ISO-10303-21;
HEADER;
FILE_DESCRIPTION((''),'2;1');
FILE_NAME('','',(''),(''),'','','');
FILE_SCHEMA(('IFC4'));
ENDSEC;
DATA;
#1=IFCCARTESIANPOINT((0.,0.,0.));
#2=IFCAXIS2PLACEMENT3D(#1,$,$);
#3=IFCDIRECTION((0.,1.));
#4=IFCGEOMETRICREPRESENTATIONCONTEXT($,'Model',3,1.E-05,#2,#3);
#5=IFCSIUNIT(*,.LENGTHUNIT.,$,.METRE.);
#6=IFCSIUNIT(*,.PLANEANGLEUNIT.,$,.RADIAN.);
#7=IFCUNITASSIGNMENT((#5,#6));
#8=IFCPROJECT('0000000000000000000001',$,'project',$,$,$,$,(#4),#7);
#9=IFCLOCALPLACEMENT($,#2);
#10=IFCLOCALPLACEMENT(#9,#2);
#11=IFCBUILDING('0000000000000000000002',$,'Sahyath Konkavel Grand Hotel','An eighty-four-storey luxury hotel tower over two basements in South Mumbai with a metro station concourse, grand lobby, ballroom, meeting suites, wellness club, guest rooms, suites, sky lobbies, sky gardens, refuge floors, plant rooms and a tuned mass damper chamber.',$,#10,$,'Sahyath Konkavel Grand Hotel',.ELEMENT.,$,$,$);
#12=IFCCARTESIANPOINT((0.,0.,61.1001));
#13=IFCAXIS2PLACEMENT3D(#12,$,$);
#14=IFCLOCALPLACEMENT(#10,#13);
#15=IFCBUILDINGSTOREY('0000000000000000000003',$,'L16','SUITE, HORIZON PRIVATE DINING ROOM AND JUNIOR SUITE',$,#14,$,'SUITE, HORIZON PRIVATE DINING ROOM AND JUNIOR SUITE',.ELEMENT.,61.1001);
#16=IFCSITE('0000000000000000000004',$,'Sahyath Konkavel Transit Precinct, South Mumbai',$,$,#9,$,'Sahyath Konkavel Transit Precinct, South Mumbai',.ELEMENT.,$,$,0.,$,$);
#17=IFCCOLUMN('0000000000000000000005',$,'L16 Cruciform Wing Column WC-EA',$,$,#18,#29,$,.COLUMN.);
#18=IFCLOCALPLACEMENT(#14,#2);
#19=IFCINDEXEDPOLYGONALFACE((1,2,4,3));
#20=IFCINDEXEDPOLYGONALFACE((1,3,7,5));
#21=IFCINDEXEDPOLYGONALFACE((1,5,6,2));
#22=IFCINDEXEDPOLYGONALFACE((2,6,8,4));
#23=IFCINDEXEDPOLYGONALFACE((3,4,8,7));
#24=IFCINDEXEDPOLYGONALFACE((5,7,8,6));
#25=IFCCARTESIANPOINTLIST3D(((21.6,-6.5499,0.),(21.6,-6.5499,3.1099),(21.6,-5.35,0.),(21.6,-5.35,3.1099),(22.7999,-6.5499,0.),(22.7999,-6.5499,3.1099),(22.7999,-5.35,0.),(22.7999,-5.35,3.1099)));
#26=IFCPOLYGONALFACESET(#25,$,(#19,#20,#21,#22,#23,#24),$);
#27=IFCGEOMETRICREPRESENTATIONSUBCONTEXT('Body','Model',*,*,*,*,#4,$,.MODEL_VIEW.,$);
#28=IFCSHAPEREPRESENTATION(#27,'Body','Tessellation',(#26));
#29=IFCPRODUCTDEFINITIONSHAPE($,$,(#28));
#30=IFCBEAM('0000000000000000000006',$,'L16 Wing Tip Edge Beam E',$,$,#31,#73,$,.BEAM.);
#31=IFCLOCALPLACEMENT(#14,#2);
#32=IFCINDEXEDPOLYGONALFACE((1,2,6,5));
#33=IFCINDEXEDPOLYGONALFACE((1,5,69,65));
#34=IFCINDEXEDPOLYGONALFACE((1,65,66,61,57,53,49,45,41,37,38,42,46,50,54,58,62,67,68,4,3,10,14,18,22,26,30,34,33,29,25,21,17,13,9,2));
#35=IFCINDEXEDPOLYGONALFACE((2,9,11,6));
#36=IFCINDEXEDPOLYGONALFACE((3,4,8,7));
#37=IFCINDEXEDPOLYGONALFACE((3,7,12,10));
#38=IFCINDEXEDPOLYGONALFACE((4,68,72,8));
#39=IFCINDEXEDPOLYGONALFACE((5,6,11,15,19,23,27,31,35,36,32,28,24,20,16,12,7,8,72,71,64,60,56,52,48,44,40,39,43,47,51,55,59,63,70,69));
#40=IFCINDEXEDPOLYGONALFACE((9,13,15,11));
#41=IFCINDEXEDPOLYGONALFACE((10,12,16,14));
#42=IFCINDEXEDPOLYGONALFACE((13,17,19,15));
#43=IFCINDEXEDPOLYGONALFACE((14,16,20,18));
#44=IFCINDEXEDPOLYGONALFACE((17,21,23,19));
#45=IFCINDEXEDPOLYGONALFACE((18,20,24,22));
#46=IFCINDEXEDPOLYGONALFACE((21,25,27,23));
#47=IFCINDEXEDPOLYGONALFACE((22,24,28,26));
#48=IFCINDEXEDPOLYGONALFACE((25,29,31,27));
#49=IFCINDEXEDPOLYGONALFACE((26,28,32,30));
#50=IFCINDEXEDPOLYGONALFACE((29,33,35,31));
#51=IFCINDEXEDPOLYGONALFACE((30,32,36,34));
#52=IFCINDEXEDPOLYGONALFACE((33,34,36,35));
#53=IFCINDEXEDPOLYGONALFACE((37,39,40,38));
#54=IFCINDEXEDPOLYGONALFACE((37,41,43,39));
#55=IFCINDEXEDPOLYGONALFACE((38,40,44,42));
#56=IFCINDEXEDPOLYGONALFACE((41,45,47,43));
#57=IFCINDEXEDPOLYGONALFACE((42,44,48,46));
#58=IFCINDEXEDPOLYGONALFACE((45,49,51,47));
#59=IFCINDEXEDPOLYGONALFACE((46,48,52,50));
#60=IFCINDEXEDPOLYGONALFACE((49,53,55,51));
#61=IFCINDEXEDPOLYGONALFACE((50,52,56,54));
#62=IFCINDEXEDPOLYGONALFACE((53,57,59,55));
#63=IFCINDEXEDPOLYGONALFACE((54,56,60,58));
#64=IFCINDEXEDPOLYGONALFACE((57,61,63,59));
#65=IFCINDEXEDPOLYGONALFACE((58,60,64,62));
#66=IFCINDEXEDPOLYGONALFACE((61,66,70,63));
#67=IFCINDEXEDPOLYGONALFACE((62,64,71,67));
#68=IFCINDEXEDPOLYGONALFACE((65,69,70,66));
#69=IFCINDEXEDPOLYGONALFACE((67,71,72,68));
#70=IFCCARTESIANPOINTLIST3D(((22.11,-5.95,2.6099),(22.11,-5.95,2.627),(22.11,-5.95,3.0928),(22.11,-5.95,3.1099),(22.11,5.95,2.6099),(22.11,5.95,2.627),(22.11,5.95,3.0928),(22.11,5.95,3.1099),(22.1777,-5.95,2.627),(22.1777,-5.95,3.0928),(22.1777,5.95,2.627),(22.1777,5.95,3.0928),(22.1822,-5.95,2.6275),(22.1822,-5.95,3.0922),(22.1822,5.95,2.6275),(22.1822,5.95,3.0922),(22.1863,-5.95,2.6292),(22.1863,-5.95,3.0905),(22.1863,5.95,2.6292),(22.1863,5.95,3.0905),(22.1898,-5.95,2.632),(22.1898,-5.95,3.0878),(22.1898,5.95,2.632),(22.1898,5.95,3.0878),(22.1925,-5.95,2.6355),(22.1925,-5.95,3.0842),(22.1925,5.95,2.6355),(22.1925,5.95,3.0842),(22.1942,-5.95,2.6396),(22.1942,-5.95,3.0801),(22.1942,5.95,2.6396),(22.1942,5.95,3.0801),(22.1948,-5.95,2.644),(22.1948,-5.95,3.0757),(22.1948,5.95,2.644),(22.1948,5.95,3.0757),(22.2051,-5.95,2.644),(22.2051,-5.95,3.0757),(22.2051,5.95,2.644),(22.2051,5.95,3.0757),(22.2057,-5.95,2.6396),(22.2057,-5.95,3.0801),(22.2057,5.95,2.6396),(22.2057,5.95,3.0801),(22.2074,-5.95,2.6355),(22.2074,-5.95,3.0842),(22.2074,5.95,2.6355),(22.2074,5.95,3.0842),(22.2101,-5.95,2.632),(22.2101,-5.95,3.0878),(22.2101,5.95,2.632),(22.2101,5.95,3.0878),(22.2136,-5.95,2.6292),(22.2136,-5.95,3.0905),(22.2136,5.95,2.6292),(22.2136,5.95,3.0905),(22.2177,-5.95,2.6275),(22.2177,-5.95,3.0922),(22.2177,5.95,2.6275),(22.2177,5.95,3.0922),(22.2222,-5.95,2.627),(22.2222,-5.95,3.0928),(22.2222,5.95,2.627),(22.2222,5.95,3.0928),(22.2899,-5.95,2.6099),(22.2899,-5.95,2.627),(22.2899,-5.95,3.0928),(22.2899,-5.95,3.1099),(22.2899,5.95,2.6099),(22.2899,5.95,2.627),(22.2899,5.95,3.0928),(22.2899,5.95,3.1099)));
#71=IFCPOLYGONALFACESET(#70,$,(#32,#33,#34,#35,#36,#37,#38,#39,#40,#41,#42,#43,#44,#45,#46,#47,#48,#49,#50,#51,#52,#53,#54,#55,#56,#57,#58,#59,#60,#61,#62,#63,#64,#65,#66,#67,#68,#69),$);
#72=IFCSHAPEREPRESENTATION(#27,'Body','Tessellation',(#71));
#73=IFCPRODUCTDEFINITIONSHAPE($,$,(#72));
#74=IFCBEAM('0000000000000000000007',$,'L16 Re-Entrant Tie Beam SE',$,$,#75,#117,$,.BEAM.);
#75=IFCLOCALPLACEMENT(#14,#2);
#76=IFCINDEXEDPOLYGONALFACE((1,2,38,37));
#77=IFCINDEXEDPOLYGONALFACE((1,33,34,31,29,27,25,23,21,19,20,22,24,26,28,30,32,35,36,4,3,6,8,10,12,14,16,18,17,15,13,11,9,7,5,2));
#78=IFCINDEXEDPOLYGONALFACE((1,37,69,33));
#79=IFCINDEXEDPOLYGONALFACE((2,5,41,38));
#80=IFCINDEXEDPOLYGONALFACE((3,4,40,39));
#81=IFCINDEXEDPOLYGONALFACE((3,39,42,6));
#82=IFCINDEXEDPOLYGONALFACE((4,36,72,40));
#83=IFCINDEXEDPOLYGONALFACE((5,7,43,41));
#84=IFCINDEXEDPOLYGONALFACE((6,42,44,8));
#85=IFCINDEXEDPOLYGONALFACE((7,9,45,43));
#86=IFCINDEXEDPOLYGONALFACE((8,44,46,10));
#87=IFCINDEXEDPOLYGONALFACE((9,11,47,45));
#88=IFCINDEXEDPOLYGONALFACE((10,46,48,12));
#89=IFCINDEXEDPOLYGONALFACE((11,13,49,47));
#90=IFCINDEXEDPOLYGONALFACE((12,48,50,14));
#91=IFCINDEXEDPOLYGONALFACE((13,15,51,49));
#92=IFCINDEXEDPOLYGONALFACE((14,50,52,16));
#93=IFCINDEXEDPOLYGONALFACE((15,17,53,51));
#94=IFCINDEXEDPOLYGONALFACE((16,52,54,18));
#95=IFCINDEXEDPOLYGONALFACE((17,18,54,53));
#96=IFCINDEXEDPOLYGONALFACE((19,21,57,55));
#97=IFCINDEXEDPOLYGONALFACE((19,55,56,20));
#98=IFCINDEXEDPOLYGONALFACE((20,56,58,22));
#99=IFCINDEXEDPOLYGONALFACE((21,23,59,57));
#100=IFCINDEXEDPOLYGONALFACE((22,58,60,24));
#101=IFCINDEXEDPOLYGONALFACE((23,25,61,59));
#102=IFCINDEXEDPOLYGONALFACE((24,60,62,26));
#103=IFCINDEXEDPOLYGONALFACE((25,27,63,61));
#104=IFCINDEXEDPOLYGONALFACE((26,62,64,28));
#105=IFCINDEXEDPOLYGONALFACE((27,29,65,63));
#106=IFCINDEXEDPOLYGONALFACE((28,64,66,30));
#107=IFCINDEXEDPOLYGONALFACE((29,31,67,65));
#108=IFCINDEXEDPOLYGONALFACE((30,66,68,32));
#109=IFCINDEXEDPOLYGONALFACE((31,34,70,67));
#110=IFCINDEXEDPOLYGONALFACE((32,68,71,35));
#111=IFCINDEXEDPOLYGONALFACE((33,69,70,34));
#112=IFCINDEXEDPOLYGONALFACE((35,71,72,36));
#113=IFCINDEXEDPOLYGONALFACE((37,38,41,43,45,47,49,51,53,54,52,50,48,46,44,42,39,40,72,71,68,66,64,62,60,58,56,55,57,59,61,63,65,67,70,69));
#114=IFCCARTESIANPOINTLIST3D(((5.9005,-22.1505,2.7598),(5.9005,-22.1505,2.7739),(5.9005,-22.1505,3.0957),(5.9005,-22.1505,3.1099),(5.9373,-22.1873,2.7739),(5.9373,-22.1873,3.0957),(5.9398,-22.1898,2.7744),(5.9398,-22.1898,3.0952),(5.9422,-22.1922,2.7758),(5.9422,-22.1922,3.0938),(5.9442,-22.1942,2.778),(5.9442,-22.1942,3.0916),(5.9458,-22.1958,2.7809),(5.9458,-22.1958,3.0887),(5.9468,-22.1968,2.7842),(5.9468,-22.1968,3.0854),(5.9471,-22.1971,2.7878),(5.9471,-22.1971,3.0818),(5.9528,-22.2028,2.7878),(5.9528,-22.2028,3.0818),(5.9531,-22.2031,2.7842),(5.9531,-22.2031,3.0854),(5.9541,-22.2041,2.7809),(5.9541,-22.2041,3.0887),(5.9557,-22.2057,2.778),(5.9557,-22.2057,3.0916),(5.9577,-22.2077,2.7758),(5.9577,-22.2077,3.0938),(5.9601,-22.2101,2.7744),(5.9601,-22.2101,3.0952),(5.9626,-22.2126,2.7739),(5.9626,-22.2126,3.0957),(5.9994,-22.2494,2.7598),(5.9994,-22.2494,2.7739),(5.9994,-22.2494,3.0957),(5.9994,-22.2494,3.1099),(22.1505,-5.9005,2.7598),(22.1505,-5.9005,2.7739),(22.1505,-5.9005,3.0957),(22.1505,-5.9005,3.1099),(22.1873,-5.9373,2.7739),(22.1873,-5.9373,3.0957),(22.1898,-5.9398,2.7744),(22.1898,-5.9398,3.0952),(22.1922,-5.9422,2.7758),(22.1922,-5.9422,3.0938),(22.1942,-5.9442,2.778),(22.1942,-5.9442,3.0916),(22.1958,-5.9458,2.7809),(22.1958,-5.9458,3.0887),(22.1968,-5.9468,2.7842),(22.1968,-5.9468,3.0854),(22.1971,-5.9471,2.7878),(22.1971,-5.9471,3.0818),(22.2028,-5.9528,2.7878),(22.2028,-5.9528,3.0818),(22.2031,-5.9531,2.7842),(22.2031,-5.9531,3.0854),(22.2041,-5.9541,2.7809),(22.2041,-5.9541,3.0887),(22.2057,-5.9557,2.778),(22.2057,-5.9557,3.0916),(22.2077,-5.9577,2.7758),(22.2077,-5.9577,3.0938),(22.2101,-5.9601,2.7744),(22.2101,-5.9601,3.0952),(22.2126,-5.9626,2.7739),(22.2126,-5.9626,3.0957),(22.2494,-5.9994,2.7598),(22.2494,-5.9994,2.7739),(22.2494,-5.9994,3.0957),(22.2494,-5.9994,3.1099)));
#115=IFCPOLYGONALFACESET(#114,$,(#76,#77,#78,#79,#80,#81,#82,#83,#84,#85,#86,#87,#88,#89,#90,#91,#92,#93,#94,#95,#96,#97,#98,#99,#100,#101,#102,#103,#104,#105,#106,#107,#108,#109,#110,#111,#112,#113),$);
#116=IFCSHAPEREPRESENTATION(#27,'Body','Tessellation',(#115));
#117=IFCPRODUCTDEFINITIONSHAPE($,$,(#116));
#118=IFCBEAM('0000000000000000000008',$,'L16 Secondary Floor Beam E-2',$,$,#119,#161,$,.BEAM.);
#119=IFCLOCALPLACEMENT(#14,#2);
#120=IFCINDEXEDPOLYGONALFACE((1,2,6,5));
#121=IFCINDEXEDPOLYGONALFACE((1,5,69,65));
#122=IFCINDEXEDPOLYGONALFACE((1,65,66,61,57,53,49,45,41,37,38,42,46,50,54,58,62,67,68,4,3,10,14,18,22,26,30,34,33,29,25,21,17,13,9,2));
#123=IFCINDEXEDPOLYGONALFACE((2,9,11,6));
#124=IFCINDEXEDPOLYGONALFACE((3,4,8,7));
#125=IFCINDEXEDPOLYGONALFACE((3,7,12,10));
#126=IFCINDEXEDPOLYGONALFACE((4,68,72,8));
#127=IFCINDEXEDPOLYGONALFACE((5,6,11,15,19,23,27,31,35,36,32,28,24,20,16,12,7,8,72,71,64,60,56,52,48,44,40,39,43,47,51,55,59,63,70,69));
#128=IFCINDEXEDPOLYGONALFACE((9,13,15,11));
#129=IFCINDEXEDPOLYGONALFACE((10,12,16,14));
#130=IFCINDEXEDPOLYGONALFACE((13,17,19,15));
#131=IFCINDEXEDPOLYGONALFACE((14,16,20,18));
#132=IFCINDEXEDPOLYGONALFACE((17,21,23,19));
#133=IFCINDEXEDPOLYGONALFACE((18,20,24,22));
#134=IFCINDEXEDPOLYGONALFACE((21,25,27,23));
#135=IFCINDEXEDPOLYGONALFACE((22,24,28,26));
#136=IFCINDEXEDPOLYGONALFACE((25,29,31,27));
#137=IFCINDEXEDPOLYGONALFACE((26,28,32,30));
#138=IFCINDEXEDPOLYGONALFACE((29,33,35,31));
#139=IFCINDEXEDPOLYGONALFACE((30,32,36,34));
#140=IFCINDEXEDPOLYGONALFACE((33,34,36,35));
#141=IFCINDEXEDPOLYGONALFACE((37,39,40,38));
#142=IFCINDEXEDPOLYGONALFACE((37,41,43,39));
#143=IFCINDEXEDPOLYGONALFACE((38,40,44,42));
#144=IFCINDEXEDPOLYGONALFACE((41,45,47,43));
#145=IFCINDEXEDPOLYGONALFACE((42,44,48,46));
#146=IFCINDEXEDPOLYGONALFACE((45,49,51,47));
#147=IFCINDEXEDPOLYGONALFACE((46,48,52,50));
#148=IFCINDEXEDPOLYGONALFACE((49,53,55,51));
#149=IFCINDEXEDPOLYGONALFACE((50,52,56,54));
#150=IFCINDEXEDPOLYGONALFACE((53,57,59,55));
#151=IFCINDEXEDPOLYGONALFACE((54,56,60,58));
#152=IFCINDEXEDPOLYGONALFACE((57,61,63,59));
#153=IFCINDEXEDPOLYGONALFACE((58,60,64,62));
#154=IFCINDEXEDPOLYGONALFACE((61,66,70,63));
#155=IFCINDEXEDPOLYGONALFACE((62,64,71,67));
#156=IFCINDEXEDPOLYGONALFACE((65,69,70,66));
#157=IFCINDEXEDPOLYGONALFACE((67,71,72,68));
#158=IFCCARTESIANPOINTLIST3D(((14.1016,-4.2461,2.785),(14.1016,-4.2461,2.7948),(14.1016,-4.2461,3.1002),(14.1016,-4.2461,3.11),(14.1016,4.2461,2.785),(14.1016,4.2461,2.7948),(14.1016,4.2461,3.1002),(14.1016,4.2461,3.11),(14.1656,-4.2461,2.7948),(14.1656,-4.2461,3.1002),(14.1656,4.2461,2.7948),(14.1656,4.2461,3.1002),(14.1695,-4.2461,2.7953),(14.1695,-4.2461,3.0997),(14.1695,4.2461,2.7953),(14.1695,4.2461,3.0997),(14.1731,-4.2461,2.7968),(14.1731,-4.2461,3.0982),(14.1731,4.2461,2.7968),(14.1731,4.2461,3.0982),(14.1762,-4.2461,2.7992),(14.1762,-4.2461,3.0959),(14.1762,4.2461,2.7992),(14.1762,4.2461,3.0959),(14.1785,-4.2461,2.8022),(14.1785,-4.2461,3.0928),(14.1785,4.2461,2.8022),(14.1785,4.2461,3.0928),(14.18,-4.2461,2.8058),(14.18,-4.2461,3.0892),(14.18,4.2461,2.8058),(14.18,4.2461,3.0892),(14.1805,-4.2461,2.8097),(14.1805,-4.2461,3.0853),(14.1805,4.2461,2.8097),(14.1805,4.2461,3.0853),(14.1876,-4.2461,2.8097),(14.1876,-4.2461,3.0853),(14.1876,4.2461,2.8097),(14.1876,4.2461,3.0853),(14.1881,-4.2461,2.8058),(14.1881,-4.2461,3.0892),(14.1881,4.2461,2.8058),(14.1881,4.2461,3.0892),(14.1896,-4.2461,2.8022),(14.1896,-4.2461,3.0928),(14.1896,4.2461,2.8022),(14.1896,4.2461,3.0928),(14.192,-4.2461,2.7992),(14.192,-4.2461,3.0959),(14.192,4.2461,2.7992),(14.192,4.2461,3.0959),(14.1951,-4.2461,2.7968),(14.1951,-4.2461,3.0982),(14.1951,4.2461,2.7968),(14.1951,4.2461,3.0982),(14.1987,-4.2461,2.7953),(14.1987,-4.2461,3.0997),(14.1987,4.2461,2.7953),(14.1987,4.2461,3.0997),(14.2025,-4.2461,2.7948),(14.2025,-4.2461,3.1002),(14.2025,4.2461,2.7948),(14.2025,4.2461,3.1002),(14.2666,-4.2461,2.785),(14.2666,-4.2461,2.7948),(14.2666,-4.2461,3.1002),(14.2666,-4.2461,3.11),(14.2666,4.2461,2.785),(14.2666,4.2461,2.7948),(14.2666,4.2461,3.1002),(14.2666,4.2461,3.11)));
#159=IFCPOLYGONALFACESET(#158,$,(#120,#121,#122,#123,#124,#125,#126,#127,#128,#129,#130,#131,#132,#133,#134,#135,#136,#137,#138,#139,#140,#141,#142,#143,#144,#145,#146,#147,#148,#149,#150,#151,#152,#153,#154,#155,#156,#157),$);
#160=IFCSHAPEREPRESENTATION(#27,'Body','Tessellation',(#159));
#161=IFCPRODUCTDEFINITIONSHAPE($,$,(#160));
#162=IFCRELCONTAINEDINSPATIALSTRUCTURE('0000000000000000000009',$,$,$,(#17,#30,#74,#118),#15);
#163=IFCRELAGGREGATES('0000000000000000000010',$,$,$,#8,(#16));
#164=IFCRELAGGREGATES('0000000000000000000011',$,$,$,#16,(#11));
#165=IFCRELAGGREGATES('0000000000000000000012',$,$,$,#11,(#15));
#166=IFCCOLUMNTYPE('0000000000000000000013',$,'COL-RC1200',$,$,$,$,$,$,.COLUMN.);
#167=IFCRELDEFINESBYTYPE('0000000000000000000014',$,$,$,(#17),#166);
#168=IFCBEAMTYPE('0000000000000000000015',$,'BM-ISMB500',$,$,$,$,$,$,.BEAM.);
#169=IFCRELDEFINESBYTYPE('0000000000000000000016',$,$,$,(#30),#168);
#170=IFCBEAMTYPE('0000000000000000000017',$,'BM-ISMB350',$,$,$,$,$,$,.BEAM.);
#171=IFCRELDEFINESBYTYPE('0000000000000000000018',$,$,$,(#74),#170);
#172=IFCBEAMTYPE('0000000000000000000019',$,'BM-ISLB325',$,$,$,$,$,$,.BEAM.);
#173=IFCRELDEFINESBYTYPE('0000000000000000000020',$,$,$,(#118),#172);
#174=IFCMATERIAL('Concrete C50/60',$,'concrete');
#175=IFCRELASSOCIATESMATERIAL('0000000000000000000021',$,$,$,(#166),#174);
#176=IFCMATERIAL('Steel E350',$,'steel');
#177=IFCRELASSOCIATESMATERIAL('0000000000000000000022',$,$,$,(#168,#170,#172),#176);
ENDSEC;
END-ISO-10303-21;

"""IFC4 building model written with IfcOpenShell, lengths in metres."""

from ifc_helpers import new_model, si_unit, direction, frame, origin, origin_2d, place, context, subcontext, project, spatial, rectangle, i_section, extrude, source, transform, mapped, material, material_profile, profile_set, type_object, element, save


model = new_model("IFC4")

# Units and contexts
model_context = context("Model", 3, precision=1e-05, world=origin(), true_north=direction((0.0, 1.0)))
body_context = subcontext(model_context, "Body", "Model", "MODEL_VIEW")
ifc_project = project(units=[si_unit("LENGTHUNIT", "METRE"), si_unit("PLANEANGLEUNIT", "RADIAN")], contexts=[model_context])

# Site, building, storey
site_placement = place(None, origin())
site = spatial("IfcSite", under=ifc_project, at=site_placement, Name="Sahyath Konkavel Transit Precinct, South Mumbai", LongName="Sahyath Konkavel Transit Precinct, South Mumbai", CompositionType="ELEMENT", RefElevation=0.0)
building_placement = place(site_placement, origin())
building = spatial("IfcBuilding", under=site, at=building_placement, Name="Sahyath Konkavel Grand Hotel", Description="An eighty-four-storey luxury hotel tower over two basements in South Mumbai with a metro station concourse, grand lobby, ballroom, meeting suites, wellness club, guest rooms, suites, sky lobbies, sky gardens, refuge floors, plant rooms and a tuned mass damper chamber.", LongName="Sahyath Konkavel Grand Hotel", CompositionType="ELEMENT")
storey_placement = place(building_placement, frame((0.0, 0.0, 61.1001)))
storey = spatial("IfcBuildingStorey", under=building, at=storey_placement, Name="L16", Description="SUITE, HORIZON PRIVATE DINING ROOM AND JUNIOR SUITE", LongName="SUITE, HORIZON PRIVATE DINING ROOM AND JUNIOR SUITE", CompositionType="ELEMENT", Elevation=61.1001)

# Column
ifc_material_1 = material(Name="Concrete C50/60", Category="concrete")
ifc_material_profile_1 = material_profile(ifc_material_1, rectangle(XDim=1.2, YDim=1.2, at=origin_2d()), Name="RC 1200x1200")
ifc_profile_set_1 = profile_set([ifc_material_profile_1], Name="Concrete C50/60")
column_type = type_object("IfcColumnType", Name="COL-RC1200", PredefinedType="COLUMN", material=ifc_profile_set_1)
shared_shape_1 = source(origin(), body_context, "Body", "SweptSolid", [
    extrude(rectangle(XDim=1.2, YDim=1.2, at=origin_2d()), origin(), (0.0, 0.0, 1.0), 3.1099),
])
column_placement = place(storey_placement, frame((22.2, -5.95, 0.0), z_axis=(0.0, 0.0, 1.0), x_axis=(1.0, 0.0, 0.0)))
element("IfcColumn", 1, at=column_placement, inside=storey, type_object=column_type, Name="L16 Cruciform Wing Column WC-EA", PredefinedType="COLUMN", context=body_context, shape_type="MappedRepresentation", body=[
    mapped(shared_shape_1, transform((0.0, 0.0, 0.0), scale=1.0)),
])

# Beams
ifc_material_2 = material(Name="Steel E350", Category="steel")
ifc_material_profile_2 = material_profile(ifc_material_2, i_section(OverallWidth=0.1799, OverallDepth=0.5, WebThickness=0.0103, FlangeThickness=0.0171, FilletRadius=0.0171, at=origin_2d()), Name="ISMB 500")
ifc_profile_set_2 = profile_set([ifc_material_profile_2], Name="Steel E350")
beam_type_1 = type_object("IfcBeamType", Name="BM-ISMB500", PredefinedType="BEAM", material=ifc_profile_set_2)
shared_shape_2 = source(origin(), body_context, "Body", "SweptSolid", [
    extrude(i_section(OverallWidth=0.1799, OverallDepth=0.5, WebThickness=0.0103, FlangeThickness=0.0171, FilletRadius=0.0171, at=origin_2d()), origin(), (0.0, 0.0, 1.0), 11.8999),
])
beam_1_placement = place(storey_placement, frame((22.2, -5.95, 2.8599), z_axis=(0.0, 1.0, 0.0), x_axis=(-1.0, 0.0, 0.0)))
element("IfcBeam", 2, at=beam_1_placement, inside=storey, type_object=beam_type_1, Name="L16 Wing Tip Edge Beam E", PredefinedType="BEAM", context=body_context, shape_type="MappedRepresentation", body=[
    mapped(shared_shape_2, transform((0.0, 0.0, 0.0), scale=1.0)),
])
ifc_material_profile_3 = material_profile(ifc_material_2, i_section(OverallWidth=0.1399, OverallDepth=0.3501, WebThickness=0.0081, FlangeThickness=0.0142, FilletRadius=0.0139, at=origin_2d()), Name="ISMB 350")
ifc_profile_set_3 = profile_set([ifc_material_profile_3], Name="Steel E350")
beam_type_2 = type_object("IfcBeamType", Name="BM-ISMB350", PredefinedType="BEAM", material=ifc_profile_set_3)
shared_shape_3 = source(origin(), body_context, "Body", "SweptSolid", [
    extrude(i_section(OverallWidth=0.1399, OverallDepth=0.3501, WebThickness=0.0081, FlangeThickness=0.0142, FilletRadius=0.0139, at=origin_2d()), origin(), (0.0, 0.0, 1.0), 22.981),
])
beam_2_placement = place(storey_placement, frame((22.2, -5.95, 2.9348), z_axis=(-0.707107, -0.707107, 0.0), x_axis=(0.707107, -0.707107, 0.0)))
element("IfcBeam", 3, at=beam_2_placement, inside=storey, type_object=beam_type_2, Name="L16 Re-Entrant Tie Beam SE", PredefinedType="BEAM", context=body_context, shape_type="MappedRepresentation", body=[
    mapped(shared_shape_3, transform((0.0, 0.0, 0.0), scale=1.0)),
])
ifc_material_profile_4 = material_profile(ifc_material_2, i_section(OverallWidth=0.165, OverallDepth=0.325, WebThickness=0.0071, FlangeThickness=0.0098, FilletRadius=0.0149, at=origin_2d()), Name="ISLB 325")
ifc_profile_set_4 = profile_set([ifc_material_profile_4], Name="Steel E350")
beam_type_3 = type_object("IfcBeamType", Name="BM-ISLB325", PredefinedType="BEAM", material=ifc_profile_set_4)
shared_shape_4 = source(origin(), body_context, "Body", "SweptSolid", [
    extrude(i_section(OverallWidth=0.165, OverallDepth=0.325, WebThickness=0.0071, FlangeThickness=0.0098, FilletRadius=0.0149, at=origin_2d()), origin(), (0.0, 0.0, 1.0), 8.4922),
])
beam_3_placement = place(storey_placement, frame((14.1841, -4.2461, 2.9475), z_axis=(0.0, 1.0, 0.0), x_axis=(-1.0, 0.0, 0.0)))
element("IfcBeam", 4, at=beam_3_placement, inside=storey, type_object=beam_type_3, Name="L16 Secondary Floor Beam E-2", PredefinedType="BEAM", context=body_context, shape_type="MappedRepresentation", body=[
    mapped(shared_shape_4, transform((0.0, 0.0, 0.0), scale=1.0)),
])

save(model, "model.ifc")
